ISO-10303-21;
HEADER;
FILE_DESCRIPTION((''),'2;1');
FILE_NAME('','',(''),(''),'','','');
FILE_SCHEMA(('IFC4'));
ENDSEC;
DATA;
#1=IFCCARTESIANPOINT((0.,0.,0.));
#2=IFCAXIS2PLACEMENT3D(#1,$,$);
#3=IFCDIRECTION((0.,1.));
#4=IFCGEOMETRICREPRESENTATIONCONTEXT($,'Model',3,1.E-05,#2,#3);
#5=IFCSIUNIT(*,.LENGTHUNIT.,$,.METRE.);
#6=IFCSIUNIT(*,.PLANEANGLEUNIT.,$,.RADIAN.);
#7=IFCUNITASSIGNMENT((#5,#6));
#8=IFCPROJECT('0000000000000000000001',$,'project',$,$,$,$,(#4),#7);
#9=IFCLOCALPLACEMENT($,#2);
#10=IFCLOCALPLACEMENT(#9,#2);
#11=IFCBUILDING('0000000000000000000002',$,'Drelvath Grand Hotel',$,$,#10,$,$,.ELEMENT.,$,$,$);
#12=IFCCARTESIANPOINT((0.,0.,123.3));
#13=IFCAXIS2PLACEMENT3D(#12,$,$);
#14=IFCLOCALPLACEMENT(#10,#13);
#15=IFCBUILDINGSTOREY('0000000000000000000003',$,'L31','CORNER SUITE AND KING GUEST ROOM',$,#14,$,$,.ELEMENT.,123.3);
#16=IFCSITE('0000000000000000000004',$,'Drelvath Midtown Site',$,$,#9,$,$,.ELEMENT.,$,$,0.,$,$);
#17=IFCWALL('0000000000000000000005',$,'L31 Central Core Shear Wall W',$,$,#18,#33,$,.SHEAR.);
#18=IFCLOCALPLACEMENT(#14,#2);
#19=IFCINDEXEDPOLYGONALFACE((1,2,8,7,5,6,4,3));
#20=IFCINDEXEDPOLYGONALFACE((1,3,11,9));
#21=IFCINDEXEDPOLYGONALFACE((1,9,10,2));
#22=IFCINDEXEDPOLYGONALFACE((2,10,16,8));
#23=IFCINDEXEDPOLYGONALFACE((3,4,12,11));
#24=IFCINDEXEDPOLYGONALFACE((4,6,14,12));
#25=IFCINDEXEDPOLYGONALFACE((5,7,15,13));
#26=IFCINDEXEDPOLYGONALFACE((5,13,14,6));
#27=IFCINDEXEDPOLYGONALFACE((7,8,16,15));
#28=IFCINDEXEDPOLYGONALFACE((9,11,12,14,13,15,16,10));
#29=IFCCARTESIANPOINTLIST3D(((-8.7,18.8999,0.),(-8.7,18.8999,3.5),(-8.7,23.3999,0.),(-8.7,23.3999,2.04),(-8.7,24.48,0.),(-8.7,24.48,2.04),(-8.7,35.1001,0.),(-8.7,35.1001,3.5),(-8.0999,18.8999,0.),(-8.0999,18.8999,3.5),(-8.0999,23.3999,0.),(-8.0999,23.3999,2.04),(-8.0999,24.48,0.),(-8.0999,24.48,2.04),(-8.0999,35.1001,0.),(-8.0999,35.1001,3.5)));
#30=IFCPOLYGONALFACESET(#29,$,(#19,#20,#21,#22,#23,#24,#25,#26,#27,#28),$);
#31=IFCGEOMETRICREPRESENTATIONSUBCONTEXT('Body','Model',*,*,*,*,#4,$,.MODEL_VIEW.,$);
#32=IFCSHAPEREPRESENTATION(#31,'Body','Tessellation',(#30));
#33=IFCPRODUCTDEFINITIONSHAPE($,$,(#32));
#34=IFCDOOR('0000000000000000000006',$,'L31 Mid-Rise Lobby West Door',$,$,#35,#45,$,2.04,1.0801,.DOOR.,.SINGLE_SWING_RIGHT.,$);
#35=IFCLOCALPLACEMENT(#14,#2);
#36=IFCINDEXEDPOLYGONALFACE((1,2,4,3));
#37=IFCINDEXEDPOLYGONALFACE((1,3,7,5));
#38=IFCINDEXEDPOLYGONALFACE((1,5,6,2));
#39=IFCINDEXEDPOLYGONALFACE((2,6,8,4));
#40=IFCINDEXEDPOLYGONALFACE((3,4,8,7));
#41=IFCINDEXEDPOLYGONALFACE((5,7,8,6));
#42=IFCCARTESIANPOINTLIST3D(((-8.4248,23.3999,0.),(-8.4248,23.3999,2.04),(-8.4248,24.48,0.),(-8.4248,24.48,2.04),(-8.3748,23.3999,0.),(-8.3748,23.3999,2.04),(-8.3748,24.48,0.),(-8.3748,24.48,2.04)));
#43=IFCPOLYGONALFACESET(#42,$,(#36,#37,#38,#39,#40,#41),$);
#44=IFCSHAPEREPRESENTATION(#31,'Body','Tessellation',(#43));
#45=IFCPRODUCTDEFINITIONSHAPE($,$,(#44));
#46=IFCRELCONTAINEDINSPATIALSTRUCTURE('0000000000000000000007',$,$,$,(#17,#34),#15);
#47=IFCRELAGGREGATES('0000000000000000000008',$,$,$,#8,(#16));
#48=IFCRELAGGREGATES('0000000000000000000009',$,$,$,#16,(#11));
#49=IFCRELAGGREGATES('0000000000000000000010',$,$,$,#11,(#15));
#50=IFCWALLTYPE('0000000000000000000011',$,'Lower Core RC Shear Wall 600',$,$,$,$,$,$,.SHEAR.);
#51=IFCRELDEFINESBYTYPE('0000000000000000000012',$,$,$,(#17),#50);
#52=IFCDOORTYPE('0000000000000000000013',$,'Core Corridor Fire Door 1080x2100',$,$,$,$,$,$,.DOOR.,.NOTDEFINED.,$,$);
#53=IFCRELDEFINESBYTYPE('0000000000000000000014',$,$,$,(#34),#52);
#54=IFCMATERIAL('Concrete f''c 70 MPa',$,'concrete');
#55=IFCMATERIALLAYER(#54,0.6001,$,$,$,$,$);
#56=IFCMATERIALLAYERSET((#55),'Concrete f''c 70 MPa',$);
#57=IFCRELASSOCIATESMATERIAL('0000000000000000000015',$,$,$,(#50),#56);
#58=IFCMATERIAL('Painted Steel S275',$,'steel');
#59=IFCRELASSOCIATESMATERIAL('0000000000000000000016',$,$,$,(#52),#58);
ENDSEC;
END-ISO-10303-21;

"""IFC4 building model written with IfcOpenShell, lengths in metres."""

from ifc_helpers import new_model, si_unit, direction, frame, frame_2d, origin, place, context, subcontext, project, spatial, rectangle, extrude, material, layer, layer_set, type_object, element, fill, save


model = new_model("IFC4")

# Units and contexts
model_context = context("Model", 3, precision=1e-05, world=origin(), true_north=direction((0.0, 1.0)))
body_context = subcontext(model_context, "Body", "Model", "MODEL_VIEW")
ifc_project = project(units=[si_unit("LENGTHUNIT", "METRE"), si_unit("PLANEANGLEUNIT", "RADIAN")], contexts=[model_context])

# Site, building, storey
site_placement = place(None, origin())
site = spatial("IfcSite", under=ifc_project, at=site_placement, Name="Drelvath Midtown Site", CompositionType="ELEMENT", RefElevation=0.0)
building_placement = place(site_placement, origin())
building = spatial("IfcBuilding", under=site, at=building_placement, Name="Drelvath Grand Hotel", CompositionType="ELEMENT")
storey_placement = place(building_placement, frame((0.0, 0.0, 123.3)))
storey = spatial("IfcBuildingStorey", under=building, at=storey_placement, Name="L31", Description="CORNER SUITE AND KING GUEST ROOM", CompositionType="ELEMENT", Elevation=123.3)

# Wall, opening, door
ifc_material_1 = material(Name="Concrete f'c 70 MPa", Category="concrete")
ifc_layer_1 = layer(ifc_material_1, 0.6001)
ifc_layer_set_1 = layer_set([ifc_layer_1], Name="Concrete f'c 70 MPa")
wall_type_1 = type_object("IfcWallType", Name="Lower Core RC Shear Wall 600", PredefinedType="SHEAR", material=ifc_layer_set_1)
wall_1_placement = place(storey_placement, frame((-8.3999, 18.8999, 0.0), z_axis=(0.0, 0.0, 1.0), x_axis=(0.0, 1.0, 0.0)))
wall_1 = element("IfcWall", 1, at=wall_1_placement, inside=storey, type_object=wall_type_1, Name="L31 Central Core Shear Wall W", PredefinedType="SHEAR", context=body_context, shape_type="SweptSolid", body=[
    extrude(rectangle(XDim=16.2002, YDim=0.6001, at=frame_2d((8.1001, 0.0))), origin(), (0.0, 0.0, 1.0), 3.5),
])
opening_1_placement = place(wall_1_placement, frame((4.5, 0.0, 0.0)))
opening_1 = element("IfcOpeningElement", 2, at=opening_1_placement, cuts=wall_1, PredefinedType="OPENING", context=body_context, shape_type="SweptSolid", body=[
    extrude(rectangle(XDim=1.0801, YDim=2.04, at=frame_2d((0.54, 1.02))), frame((0.0, 0.3101, 0.0), z_axis=(0.0, -1.0, 0.0), x_axis=(1.0, 0.0, 0.0)), (0.0, 0.0, 1.0), 0.6201),
])
ifc_material_2 = material(Name="Painted Steel S275", Category="steel")
door_type_1 = type_object("IfcDoorType", Name="Core Corridor Fire Door 1080x2100", OperationType="NOTDEFINED", PredefinedType="DOOR", material=ifc_material_2)
door_1_placement = place(opening_1_placement, origin())
door_1 = element("IfcDoor", 3, at=door_1_placement, inside=storey, type_object=door_type_1, Name="L31 Mid-Rise Lobby West Door", OperationType="SINGLE_SWING_RIGHT", OverallHeight=2.04, OverallWidth=1.0801, PredefinedType="DOOR", context=body_context, shape_type="SweptSolid", body=[
    extrude(rectangle(XDim=1.0801, YDim=2.04, at=frame_2d((0.54, 1.02))), frame((0.0, 0.0249, 0.0), z_axis=(0.0, -1.0, 0.0), x_axis=(1.0, 0.0, 0.0)), (0.0, 0.0, 1.0), 0.05),
])
fill(opening_1, door_1)

save(model, "model.ifc")
